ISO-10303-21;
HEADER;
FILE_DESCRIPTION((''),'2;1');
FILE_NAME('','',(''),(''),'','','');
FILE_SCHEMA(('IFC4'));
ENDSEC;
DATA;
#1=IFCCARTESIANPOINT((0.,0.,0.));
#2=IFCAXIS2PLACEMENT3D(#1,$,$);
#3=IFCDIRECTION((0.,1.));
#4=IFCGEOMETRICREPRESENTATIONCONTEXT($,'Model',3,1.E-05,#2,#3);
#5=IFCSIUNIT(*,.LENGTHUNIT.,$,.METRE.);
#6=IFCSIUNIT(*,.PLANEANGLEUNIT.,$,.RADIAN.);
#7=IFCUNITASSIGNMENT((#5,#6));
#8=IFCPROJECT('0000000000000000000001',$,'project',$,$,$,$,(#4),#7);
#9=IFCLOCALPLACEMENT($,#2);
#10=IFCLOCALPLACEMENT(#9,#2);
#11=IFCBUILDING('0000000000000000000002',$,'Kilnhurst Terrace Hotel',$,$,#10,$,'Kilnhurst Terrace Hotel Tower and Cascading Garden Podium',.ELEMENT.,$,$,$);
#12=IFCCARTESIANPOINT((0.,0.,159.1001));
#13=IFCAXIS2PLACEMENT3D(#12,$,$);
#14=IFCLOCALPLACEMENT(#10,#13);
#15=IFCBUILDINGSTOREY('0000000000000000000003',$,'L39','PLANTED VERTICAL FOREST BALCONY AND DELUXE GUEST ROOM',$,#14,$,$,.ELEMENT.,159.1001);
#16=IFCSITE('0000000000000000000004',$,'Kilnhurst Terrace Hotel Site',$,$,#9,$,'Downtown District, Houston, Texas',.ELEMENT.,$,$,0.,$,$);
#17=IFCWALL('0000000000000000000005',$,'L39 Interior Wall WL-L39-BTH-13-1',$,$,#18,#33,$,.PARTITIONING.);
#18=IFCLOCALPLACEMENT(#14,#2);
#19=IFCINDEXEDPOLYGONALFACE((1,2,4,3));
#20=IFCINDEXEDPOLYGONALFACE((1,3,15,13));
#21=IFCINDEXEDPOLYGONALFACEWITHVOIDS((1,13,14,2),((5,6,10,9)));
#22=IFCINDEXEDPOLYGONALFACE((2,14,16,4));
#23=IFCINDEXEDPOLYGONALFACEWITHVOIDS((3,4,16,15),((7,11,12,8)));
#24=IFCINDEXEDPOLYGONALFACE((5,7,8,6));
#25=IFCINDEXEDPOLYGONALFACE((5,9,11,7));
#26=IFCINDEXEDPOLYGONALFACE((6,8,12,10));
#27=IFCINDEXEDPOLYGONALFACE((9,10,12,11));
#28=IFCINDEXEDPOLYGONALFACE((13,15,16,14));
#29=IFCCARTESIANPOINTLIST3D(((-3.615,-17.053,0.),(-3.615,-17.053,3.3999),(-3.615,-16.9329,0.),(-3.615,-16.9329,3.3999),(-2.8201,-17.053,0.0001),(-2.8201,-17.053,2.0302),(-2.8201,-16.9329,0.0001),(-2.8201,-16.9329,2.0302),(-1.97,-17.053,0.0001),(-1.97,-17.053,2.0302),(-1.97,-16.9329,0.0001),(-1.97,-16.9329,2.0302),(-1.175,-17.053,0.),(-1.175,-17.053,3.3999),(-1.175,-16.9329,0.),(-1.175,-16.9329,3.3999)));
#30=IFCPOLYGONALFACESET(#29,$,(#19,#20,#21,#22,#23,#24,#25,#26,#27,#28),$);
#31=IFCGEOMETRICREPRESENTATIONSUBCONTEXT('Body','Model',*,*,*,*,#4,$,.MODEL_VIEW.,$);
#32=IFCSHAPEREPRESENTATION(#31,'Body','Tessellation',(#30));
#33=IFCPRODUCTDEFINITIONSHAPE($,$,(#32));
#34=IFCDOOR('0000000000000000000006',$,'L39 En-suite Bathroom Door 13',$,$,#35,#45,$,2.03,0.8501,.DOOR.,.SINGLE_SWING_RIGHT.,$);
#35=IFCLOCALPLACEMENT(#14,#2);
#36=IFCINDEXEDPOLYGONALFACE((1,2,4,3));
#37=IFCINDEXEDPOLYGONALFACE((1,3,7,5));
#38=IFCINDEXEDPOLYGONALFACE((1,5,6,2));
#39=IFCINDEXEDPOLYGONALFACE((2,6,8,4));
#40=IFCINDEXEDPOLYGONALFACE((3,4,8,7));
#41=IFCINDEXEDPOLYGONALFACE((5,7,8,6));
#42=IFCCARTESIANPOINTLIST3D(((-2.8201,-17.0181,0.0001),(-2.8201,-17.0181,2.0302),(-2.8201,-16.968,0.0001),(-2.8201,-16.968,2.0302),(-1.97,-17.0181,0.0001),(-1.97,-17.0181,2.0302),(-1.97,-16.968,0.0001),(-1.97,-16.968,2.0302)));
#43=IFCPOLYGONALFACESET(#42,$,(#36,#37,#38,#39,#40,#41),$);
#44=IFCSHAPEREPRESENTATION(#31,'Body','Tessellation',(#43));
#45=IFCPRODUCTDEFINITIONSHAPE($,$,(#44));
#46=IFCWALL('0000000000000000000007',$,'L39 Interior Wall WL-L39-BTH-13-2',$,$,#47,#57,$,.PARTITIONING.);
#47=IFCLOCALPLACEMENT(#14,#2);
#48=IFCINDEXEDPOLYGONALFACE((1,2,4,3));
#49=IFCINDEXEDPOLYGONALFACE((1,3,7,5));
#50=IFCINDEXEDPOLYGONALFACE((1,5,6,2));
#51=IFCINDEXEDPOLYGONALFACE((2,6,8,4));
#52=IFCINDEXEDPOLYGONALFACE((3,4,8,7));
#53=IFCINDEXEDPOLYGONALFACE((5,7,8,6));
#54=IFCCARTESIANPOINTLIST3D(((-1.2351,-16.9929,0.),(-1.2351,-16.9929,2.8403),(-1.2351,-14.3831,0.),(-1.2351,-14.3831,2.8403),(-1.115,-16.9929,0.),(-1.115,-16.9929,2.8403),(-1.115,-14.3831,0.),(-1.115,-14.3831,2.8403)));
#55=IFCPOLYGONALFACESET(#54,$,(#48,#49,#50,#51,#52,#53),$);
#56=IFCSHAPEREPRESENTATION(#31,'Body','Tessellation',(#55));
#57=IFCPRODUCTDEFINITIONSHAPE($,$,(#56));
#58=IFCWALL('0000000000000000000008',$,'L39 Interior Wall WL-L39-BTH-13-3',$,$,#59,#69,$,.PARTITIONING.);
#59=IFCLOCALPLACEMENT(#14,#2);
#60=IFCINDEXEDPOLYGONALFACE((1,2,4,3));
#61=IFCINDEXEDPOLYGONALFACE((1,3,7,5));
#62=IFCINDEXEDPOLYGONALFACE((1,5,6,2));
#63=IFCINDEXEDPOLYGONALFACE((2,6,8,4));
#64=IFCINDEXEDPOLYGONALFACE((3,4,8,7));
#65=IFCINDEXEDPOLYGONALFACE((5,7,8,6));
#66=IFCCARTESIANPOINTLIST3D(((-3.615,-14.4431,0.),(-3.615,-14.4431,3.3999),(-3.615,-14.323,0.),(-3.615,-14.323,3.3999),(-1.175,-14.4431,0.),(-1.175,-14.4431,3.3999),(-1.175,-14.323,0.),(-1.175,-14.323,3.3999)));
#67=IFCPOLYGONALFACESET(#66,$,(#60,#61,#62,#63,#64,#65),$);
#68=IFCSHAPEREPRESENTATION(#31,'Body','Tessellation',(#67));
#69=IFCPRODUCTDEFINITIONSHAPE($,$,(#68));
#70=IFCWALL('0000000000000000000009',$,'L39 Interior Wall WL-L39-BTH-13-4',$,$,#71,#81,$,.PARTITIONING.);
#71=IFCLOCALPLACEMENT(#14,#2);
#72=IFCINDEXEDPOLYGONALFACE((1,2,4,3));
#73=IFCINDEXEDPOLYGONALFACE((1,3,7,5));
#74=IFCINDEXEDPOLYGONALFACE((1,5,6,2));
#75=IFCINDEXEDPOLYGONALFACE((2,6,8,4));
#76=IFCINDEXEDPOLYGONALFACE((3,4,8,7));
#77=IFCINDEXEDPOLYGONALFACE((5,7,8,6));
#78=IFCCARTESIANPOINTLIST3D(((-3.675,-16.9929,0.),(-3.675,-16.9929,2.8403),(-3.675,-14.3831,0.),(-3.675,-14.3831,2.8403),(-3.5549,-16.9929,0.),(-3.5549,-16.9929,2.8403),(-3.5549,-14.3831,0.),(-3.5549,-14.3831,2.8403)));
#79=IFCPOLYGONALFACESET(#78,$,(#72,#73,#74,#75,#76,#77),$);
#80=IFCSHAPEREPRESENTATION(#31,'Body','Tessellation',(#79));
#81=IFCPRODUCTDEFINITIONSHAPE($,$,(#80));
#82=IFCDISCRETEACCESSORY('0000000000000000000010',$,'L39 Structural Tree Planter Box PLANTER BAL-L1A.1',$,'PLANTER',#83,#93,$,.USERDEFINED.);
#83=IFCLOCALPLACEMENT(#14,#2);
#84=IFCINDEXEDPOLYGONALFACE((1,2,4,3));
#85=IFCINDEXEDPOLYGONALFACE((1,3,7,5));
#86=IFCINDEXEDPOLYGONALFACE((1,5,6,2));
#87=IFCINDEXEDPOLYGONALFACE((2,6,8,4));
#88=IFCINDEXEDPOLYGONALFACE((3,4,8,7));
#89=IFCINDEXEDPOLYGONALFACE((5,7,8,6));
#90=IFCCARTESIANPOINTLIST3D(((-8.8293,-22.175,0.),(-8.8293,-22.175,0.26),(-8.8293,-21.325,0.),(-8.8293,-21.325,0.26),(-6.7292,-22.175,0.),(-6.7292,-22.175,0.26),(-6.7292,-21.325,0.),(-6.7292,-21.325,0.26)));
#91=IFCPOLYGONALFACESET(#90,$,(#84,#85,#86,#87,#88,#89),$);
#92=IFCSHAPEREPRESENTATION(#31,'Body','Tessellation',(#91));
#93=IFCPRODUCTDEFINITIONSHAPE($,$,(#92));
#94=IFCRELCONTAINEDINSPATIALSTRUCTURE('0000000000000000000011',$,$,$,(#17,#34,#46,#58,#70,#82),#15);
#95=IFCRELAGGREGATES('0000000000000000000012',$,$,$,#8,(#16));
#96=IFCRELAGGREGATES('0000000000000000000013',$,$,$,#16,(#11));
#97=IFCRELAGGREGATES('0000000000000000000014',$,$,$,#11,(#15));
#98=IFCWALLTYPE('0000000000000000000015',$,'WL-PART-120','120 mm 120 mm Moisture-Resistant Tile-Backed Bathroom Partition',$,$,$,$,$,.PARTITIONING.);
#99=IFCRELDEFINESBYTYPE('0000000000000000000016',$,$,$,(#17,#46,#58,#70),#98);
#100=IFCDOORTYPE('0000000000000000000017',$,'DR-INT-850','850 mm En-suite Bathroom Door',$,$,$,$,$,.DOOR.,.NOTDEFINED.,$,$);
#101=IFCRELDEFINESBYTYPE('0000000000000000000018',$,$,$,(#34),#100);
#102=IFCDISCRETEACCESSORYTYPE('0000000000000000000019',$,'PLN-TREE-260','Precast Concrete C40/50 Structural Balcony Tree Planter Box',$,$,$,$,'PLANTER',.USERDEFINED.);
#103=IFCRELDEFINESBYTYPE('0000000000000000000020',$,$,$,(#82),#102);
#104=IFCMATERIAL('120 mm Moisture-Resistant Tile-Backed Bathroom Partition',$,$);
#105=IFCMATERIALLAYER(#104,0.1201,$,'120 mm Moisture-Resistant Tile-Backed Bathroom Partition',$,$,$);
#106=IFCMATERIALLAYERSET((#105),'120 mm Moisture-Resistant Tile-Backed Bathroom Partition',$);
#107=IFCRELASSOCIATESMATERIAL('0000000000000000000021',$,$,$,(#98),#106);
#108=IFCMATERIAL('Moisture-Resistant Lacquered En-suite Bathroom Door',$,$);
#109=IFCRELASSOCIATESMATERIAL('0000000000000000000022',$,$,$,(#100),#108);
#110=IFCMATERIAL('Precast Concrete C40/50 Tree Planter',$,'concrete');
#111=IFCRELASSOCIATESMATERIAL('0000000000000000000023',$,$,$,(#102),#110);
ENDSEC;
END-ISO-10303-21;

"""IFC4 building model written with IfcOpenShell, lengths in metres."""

from ifc_helpers import new_model, si_unit, direction, frame, frame_2d, origin, origin_2d, place, context, subcontext, project, spatial, rectangle, extrude, material, layer, layer_set, type_object, element, fill, save


model = new_model("IFC4")

# Units and contexts
model_context = context("Model", 3, precision=1e-05, world=origin(), true_north=direction((0.0, 1.0)))
body_context = subcontext(model_context, "Body", "Model", "MODEL_VIEW")
ifc_project = project(units=[si_unit("LENGTHUNIT", "METRE"), si_unit("PLANEANGLEUNIT", "RADIAN")], contexts=[model_context])

# Site, building, storey
site_placement = place(None, origin())
site = spatial("IfcSite", under=ifc_project, at=site_placement, Name="Kilnhurst Terrace Hotel Site", LongName="Downtown District, Houston, Texas", CompositionType="ELEMENT", RefElevation=0.0)
building_placement = place(site_placement, origin())
building = spatial("IfcBuilding", under=site, at=building_placement, Name="Kilnhurst Terrace Hotel", LongName="Kilnhurst Terrace Hotel Tower and Cascading Garden Podium", CompositionType="ELEMENT")
storey_placement = place(building_placement, frame((0.0, 0.0, 159.1001)))
storey = spatial("IfcBuildingStorey", under=building, at=storey_placement, Name="L39", Description="PLANTED VERTICAL FOREST BALCONY AND DELUXE GUEST ROOM", CompositionType="ELEMENT", Elevation=159.1001)

# Shared definitions
ifc_material_1 = material(Name="120 mm Moisture-Resistant Tile-Backed Bathroom Partition")
ifc_layer_1 = layer(ifc_material_1, 0.1201, Name="120 mm Moisture-Resistant Tile-Backed Bathroom Partition")
ifc_layer_set_1 = layer_set([ifc_layer_1], Name="120 mm Moisture-Resistant Tile-Backed Bathroom Partition")
wall_type_1 = type_object("IfcWallType", Name="WL-PART-120", Description="120 mm 120 mm Moisture-Resistant Tile-Backed Bathroom Partition", PredefinedType="PARTITIONING", material=ifc_layer_set_1)
ifc_material_2 = material(Name="Moisture-Resistant Lacquered En-suite Bathroom Door")
door_type_1 = type_object("IfcDoorType", Name="DR-INT-850", Description="850 mm En-suite Bathroom Door", OperationType="NOTDEFINED", PredefinedType="DOOR", material=ifc_material_2)

# Wall, opening, door
wall_1_placement = place(storey_placement, frame((-3.615, -16.9929, 0.0), z_axis=(0.0, 0.0, 1.0), x_axis=(1.0, 0.0, 0.0)))
wall_1 = element("IfcWall", 1, at=wall_1_placement, inside=storey, type_object=wall_type_1, Name="L39 Interior Wall WL-L39-BTH-13-1", PredefinedType="PARTITIONING", context=body_context, shape_type="SweptSolid", body=[
    extrude(rectangle(XDim=2.4399, YDim=0.1201, at=frame_2d((1.22, 0.0))), origin(), (0.0, 0.0, 1.0), 3.3999),
])
opening_1_placement = place(wall_1_placement, frame((0.7949, 0.0, 0.0)))
opening_1 = element("IfcOpeningElement", 2, at=opening_1_placement, cuts=wall_1, PredefinedType="OPENING", context=body_context, shape_type="SweptSolid", body=[
    extrude(rectangle(XDim=0.8501, YDim=2.03, at=frame_2d((0.425, 1.0151))), frame((0.0, 0.0701, 0.0), z_axis=(0.0, -1.0, 0.0), x_axis=(1.0, 0.0, 0.0)), (0.0, 0.0, 1.0), 0.1401),
])
door_1_placement = place(opening_1_placement, origin())
door_1 = element("IfcDoor", 3, at=door_1_placement, inside=storey, type_object=door_type_1, Name="L39 En-suite Bathroom Door 13", OperationType="SINGLE_SWING_RIGHT", OverallHeight=2.03, OverallWidth=0.8501, PredefinedType="DOOR", context=body_context, shape_type="SweptSolid", body=[
    extrude(rectangle(XDim=0.8501, YDim=2.03, at=frame_2d((0.425, 1.0151))), frame((0.0, 0.0249, 0.0), z_axis=(0.0, -1.0, 0.0), x_axis=(1.0, 0.0, 0.0)), (0.0, 0.0, 1.0), 0.05),
])
fill(opening_1, door_1)

# Walls
wall_2_placement = place(storey_placement, frame((-1.175, -16.9929, 0.0), z_axis=(0.0, 0.0, 1.0), x_axis=(0.0, 1.0, 0.0)))
element("IfcWall", 4, at=wall_2_placement, inside=storey, type_object=wall_type_1, Name="L39 Interior Wall WL-L39-BTH-13-2", PredefinedType="PARTITIONING", context=body_context, shape_type="SweptSolid", body=[
    extrude(rectangle(XDim=2.6099, YDim=0.1201, at=frame_2d((1.3049, 0.0))), origin(), (0.0, 0.0, 1.0), 2.8403),
])
wall_3_placement = place(storey_placement, frame((-1.175, -14.3831, 0.0), z_axis=(0.0, 0.0, 1.0), x_axis=(-1.0, 0.0, 0.0)))
element("IfcWall", 5, at=wall_3_placement, inside=storey, type_object=wall_type_1, Name="L39 Interior Wall WL-L39-BTH-13-3", PredefinedType="PARTITIONING", context=body_context, shape_type="SweptSolid", body=[
    extrude(rectangle(XDim=2.4399, YDim=0.1201, at=frame_2d((1.22, 0.0))), origin(), (0.0, 0.0, 1.0), 3.3999),
])
wall_4_placement = place(storey_placement, frame((-3.615, -14.3831, 0.0), z_axis=(0.0, 0.0, 1.0), x_axis=(0.0, -1.0, 0.0)))
element("IfcWall", 6, at=wall_4_placement, inside=storey, type_object=wall_type_1, Name="L39 Interior Wall WL-L39-BTH-13-4", PredefinedType="PARTITIONING", context=body_context, shape_type="SweptSolid", body=[
    extrude(rectangle(XDim=2.6099, YDim=0.1201, at=frame_2d((1.3049, 0.0))), origin(), (0.0, 0.0, 1.0), 2.8403),
])

# Discrete accessory
ifc_material_3 = material(Name="Precast Concrete C40/50 Tree Planter", Category="concrete")
discrete_accessory_type = type_object("IfcDiscreteAccessoryType", Name="PLN-TREE-260", Description="Precast Concrete C40/50 Structural Balcony Tree Planter Box", ElementType="PLANTER", PredefinedType="USERDEFINED", material=ifc_material_3)
discrete_accessory_placement = place(storey_placement, frame((-7.7793, -21.75, 0.0), z_axis=(0.0, 0.0, 1.0), x_axis=(1.0, 0.0, 0.0)))
element("IfcDiscreteAccessory", 7, at=discrete_accessory_placement, inside=storey, type_object=discrete_accessory_type, Name="L39 Structural Tree Planter Box PLANTER BAL-L1A.1", ObjectType="PLANTER", PredefinedType="USERDEFINED", context=body_context, shape_type="SweptSolid", body=[
    extrude(rectangle(XDim=2.1001, YDim=0.8501, at=origin_2d()), origin(), (0.0, 0.0, 1.0), 0.26),
])

save(model, "model.ifc")
